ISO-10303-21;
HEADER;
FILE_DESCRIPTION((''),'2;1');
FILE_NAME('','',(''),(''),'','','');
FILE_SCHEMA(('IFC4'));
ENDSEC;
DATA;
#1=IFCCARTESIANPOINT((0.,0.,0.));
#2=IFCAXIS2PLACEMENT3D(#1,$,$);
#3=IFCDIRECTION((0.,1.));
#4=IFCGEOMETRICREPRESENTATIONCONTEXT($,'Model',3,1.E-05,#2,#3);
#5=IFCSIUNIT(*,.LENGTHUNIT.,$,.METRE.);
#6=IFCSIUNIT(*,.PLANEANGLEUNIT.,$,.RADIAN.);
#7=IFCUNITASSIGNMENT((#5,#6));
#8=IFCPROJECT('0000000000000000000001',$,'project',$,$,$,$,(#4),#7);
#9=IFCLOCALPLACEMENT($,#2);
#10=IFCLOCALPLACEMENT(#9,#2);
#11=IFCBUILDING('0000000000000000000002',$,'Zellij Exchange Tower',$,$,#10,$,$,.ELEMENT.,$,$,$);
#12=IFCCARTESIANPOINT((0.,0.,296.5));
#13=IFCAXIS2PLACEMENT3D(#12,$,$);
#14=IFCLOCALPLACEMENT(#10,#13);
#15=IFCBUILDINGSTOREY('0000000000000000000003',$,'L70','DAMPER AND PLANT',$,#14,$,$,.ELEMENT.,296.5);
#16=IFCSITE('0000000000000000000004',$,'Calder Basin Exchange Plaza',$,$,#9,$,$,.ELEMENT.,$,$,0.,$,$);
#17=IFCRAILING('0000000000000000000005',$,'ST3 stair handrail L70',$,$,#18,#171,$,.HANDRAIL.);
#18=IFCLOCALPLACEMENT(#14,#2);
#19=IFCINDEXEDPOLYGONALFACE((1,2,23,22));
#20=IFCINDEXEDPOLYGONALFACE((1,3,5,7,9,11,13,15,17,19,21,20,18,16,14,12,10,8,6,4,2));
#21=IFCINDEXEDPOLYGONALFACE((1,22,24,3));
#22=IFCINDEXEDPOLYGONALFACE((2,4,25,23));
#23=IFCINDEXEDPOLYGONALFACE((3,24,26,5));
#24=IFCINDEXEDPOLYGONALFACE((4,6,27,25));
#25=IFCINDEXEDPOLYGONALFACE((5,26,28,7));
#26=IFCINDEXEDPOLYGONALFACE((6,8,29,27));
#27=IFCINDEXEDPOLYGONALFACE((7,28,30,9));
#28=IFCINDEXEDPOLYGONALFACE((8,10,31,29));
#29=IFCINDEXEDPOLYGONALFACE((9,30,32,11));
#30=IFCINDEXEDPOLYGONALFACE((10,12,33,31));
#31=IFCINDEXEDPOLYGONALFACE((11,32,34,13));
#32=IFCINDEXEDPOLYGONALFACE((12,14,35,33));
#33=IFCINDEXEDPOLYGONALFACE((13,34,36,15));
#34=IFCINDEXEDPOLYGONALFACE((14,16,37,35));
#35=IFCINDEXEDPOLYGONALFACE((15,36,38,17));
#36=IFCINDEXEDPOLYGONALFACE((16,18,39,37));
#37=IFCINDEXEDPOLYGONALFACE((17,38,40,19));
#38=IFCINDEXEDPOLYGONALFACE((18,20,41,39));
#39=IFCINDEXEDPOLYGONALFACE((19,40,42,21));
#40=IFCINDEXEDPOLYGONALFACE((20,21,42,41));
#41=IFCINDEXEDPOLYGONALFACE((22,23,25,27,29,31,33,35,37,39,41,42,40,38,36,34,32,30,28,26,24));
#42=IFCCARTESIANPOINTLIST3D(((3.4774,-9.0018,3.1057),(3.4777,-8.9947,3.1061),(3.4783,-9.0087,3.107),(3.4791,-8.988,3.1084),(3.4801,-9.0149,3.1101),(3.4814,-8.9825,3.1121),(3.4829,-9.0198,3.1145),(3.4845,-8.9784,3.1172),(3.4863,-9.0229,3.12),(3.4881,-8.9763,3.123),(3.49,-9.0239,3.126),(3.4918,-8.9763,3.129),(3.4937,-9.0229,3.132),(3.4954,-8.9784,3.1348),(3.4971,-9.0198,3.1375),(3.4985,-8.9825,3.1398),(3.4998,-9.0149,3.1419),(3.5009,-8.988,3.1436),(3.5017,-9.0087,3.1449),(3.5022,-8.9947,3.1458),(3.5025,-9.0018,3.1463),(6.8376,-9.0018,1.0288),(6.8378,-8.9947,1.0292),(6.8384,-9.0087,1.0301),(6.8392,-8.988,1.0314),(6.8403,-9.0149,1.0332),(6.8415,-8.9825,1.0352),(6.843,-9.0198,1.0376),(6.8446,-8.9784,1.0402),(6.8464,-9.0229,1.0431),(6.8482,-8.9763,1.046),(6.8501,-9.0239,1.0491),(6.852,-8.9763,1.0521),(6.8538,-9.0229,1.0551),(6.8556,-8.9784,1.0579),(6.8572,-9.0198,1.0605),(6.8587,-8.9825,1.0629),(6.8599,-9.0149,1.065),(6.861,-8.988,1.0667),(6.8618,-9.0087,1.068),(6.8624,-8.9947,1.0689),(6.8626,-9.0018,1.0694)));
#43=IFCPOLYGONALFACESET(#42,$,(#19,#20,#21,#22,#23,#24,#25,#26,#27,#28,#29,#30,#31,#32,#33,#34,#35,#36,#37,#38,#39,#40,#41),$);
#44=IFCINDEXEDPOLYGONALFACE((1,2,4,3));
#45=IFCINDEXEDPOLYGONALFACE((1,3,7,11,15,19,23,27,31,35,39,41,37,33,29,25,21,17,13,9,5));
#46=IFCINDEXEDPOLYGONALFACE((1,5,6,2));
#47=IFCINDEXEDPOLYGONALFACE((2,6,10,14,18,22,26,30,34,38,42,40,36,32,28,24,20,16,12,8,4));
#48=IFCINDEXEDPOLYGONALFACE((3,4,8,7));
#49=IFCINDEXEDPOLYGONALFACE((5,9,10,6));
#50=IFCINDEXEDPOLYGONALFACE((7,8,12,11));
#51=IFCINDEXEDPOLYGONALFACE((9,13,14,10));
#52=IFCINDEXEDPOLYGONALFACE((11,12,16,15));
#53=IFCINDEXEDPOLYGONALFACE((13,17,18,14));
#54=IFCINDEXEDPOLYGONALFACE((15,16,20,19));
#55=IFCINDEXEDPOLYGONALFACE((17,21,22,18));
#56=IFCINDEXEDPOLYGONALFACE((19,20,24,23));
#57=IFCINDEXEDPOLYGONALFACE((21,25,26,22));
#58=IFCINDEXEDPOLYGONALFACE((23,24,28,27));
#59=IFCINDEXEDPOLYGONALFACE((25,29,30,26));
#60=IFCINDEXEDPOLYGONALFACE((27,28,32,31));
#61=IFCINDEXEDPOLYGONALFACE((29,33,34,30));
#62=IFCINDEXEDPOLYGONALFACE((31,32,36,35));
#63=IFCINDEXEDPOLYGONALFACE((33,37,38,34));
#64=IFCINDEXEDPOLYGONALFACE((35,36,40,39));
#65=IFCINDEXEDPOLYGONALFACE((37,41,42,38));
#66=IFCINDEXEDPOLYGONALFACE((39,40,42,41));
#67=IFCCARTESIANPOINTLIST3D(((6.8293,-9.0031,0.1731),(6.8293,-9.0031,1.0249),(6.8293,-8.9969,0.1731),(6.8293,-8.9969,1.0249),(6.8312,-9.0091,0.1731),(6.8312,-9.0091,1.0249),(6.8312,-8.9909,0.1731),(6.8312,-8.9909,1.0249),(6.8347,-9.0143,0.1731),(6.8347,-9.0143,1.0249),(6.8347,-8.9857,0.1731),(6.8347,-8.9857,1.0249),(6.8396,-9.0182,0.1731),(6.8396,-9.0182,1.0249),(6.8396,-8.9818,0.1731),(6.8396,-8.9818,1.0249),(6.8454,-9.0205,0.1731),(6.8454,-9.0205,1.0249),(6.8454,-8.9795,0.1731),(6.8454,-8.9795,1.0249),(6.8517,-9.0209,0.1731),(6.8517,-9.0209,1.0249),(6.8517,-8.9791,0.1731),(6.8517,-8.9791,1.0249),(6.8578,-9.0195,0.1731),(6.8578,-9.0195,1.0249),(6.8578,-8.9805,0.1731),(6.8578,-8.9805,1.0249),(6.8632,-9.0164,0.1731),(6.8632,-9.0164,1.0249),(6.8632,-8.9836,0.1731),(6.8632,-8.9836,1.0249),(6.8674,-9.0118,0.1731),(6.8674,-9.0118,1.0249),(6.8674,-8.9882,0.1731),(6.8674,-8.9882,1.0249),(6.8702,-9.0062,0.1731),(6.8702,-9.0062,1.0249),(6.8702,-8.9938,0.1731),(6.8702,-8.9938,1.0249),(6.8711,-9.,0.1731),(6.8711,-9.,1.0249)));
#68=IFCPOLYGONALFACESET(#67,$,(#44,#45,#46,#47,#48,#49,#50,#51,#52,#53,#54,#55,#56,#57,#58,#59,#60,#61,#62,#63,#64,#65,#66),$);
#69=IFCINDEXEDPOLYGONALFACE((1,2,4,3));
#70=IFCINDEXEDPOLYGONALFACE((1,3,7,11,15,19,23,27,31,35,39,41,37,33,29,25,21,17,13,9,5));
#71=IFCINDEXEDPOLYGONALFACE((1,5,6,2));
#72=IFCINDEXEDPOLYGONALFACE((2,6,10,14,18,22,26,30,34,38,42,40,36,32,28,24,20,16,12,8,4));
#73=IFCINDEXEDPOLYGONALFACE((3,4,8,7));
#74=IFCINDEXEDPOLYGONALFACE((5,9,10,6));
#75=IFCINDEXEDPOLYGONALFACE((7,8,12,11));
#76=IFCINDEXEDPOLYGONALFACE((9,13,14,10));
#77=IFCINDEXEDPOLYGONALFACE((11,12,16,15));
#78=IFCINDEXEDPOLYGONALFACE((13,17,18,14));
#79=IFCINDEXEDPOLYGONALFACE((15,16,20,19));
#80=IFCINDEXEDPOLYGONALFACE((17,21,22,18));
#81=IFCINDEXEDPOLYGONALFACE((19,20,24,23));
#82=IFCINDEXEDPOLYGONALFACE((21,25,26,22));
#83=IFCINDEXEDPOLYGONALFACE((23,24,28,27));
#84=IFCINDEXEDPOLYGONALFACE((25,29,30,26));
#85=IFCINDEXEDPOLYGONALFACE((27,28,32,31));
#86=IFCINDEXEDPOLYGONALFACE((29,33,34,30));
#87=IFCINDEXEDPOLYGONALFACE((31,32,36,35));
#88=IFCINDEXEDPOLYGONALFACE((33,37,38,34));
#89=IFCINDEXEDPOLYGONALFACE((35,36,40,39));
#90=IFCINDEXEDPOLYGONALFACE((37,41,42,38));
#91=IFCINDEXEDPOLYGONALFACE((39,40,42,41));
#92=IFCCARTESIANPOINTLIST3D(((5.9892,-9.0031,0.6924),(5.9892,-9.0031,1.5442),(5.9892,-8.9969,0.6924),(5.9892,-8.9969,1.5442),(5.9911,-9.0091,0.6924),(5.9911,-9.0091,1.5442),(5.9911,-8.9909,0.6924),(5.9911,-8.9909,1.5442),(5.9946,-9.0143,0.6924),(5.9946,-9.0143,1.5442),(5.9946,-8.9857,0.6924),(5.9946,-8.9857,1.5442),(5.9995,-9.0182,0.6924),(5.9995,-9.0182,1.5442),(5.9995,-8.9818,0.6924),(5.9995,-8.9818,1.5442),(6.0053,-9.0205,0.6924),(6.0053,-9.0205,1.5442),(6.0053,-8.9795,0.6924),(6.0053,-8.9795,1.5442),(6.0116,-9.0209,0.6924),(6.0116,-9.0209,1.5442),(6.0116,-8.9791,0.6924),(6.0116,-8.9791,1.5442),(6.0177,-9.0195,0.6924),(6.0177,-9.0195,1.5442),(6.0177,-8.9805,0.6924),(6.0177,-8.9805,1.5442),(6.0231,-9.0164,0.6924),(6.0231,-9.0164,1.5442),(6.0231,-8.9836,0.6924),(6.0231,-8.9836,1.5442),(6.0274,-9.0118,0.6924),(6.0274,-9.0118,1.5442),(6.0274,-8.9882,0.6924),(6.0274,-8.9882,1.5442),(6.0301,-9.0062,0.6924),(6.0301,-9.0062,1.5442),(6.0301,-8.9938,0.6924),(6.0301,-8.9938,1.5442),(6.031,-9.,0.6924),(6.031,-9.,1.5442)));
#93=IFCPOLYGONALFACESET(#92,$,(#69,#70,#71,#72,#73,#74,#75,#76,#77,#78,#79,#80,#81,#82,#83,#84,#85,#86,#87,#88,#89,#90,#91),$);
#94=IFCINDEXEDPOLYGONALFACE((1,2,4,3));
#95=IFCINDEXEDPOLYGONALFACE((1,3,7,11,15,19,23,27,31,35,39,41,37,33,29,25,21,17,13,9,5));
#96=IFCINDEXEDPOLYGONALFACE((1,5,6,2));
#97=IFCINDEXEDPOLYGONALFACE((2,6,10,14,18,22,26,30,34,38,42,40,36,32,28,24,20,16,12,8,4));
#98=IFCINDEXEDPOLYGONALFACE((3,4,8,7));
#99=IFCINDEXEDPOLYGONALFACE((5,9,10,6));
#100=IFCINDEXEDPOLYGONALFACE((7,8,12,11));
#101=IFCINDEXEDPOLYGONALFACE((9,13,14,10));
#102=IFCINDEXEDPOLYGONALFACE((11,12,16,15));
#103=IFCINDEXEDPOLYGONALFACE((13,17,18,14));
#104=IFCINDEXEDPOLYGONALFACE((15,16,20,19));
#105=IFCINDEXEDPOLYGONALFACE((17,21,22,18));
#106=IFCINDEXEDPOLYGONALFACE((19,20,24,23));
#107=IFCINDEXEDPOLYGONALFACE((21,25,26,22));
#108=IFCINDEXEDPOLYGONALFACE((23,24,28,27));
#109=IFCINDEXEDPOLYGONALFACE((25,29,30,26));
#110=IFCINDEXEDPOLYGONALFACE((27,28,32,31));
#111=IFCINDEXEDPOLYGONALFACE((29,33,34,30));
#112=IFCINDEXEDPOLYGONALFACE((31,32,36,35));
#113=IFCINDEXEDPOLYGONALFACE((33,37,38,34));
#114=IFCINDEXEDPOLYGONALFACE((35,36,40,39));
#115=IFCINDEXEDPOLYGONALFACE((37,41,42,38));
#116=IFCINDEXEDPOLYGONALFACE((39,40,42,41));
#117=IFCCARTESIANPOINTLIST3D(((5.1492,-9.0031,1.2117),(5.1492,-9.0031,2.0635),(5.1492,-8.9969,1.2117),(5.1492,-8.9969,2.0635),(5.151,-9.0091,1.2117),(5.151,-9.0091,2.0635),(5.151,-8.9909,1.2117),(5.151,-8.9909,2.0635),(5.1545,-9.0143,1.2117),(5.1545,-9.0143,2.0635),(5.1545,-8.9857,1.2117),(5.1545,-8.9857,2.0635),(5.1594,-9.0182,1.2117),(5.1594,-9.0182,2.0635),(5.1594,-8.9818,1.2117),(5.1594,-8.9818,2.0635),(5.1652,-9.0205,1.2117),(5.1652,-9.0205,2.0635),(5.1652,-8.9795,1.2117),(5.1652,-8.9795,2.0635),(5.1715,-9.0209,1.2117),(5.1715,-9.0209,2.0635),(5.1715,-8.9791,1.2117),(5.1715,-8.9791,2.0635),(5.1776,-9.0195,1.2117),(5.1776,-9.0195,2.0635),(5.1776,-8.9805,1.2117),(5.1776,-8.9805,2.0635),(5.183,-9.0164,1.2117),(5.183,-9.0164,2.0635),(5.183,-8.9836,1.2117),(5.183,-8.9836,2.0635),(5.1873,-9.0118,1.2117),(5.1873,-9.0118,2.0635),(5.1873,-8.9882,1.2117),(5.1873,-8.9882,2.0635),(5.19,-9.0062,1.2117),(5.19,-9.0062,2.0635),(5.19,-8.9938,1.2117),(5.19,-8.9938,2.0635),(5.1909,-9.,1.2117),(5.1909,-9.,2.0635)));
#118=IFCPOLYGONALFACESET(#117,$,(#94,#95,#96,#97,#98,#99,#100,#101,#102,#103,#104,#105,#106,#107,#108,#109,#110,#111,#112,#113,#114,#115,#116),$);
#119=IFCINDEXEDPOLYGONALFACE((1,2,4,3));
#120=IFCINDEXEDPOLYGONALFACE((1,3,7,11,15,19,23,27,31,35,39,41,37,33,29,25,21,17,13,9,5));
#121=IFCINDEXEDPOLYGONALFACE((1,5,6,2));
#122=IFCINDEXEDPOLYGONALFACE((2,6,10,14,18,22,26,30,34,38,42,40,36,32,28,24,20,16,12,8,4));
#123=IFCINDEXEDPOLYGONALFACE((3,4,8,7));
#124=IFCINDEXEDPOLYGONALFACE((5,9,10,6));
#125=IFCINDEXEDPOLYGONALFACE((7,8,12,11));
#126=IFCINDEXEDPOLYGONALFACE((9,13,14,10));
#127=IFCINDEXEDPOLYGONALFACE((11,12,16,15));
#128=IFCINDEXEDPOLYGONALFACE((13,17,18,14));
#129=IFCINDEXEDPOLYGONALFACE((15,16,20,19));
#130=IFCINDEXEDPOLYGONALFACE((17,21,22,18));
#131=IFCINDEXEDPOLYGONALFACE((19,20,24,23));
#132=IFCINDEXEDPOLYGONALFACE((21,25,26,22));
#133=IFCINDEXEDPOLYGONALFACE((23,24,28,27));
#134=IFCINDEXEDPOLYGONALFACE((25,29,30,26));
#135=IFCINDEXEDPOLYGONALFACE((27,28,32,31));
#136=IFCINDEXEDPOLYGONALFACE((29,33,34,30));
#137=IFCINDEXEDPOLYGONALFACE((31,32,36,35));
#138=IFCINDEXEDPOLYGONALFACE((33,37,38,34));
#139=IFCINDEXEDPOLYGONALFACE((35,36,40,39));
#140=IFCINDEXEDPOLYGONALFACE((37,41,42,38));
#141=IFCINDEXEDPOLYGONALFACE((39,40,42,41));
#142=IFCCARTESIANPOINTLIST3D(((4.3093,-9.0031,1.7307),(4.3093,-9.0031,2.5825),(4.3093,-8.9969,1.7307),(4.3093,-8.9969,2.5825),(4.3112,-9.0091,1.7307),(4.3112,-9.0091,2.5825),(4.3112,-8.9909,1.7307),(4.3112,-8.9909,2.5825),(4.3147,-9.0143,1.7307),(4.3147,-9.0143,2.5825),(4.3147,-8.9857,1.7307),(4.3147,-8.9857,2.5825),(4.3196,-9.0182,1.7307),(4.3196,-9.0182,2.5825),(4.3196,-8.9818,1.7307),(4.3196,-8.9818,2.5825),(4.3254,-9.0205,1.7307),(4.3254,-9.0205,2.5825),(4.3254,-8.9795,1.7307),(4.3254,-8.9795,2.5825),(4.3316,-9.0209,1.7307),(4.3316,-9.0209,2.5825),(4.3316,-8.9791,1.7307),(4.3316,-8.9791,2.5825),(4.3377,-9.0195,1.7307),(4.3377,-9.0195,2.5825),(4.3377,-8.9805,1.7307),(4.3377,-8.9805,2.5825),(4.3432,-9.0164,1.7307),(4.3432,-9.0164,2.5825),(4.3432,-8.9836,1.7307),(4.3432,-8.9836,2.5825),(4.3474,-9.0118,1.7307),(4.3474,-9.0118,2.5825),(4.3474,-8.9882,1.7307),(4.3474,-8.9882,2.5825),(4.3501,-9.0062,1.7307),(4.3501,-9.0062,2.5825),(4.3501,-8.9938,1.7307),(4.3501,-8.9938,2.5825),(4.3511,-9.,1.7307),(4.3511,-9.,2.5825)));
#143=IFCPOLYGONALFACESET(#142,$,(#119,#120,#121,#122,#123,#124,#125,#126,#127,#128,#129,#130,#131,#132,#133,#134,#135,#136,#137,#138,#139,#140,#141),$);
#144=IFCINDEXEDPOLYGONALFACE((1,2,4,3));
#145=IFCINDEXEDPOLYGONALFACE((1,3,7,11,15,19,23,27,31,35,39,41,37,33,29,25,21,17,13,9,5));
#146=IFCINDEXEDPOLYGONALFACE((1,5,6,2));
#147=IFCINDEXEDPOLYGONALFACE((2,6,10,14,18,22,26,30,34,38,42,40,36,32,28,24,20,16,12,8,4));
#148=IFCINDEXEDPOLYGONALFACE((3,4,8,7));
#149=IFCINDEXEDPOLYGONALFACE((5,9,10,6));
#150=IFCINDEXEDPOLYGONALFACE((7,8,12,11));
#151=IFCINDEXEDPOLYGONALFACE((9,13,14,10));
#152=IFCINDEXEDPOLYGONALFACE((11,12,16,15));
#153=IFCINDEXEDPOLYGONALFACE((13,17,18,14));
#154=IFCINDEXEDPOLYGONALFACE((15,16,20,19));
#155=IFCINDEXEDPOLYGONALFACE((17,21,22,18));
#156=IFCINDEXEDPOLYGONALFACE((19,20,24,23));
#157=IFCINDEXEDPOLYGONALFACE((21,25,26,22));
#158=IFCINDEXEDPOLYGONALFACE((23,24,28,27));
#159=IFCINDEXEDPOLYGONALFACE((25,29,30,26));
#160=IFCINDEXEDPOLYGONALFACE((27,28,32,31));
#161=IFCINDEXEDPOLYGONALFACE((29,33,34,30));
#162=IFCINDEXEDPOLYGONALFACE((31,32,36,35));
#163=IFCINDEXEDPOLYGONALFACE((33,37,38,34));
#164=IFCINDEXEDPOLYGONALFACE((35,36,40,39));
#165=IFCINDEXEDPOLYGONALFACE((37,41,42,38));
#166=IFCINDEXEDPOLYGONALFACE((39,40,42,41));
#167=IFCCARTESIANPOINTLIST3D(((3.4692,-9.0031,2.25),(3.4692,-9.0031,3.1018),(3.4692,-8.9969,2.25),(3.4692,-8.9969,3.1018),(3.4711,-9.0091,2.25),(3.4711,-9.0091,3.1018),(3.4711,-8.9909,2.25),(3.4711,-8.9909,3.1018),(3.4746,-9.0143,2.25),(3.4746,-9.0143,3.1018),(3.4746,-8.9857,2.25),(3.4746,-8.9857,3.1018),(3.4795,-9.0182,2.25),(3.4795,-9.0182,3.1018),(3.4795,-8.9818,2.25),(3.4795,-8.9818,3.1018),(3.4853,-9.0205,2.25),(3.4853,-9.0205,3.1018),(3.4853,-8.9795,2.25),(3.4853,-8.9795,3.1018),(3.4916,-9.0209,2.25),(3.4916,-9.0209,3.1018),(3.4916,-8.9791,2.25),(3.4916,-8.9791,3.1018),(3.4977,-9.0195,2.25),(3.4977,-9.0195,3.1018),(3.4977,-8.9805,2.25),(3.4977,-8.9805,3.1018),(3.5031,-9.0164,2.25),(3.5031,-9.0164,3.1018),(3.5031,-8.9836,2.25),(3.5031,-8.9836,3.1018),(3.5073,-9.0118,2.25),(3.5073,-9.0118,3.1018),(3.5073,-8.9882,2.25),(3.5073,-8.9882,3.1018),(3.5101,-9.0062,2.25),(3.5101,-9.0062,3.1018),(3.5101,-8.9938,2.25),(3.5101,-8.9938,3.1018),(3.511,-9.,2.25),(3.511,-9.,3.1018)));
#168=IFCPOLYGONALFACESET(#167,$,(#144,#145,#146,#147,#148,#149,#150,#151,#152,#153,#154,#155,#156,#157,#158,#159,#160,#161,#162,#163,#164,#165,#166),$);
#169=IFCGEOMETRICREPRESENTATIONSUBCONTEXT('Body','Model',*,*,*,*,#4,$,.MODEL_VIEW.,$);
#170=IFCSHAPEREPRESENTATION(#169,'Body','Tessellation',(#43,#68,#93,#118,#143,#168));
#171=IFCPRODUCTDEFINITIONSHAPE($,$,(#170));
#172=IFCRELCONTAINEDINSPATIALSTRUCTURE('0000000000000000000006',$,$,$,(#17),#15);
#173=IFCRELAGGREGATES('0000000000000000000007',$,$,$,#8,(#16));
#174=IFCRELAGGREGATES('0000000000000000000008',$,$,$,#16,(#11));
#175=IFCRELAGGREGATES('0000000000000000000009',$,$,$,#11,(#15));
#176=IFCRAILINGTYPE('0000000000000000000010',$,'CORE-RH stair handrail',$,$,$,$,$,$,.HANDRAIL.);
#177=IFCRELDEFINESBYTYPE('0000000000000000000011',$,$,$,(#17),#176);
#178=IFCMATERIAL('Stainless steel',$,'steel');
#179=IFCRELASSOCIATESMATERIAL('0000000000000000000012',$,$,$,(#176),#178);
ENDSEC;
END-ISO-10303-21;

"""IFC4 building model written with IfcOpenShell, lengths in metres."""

from ifc_helpers import new_model, si_unit, direction, frame, origin, origin_2d, place, context, subcontext, project, spatial, circle, extrude, material, type_object, element, save


model = new_model("IFC4")

# Units and contexts
model_context = context("Model", 3, precision=1e-05, world=origin(), true_north=direction((0.0, 1.0)))
body_context = subcontext(model_context, "Body", "Model", "MODEL_VIEW")
ifc_project = project(units=[si_unit("LENGTHUNIT", "METRE"), si_unit("PLANEANGLEUNIT", "RADIAN")], contexts=[model_context])

# Site, building, storey
site_placement = place(None, origin())
site = spatial("IfcSite", under=ifc_project, at=site_placement, Name="Calder Basin Exchange Plaza", CompositionType="ELEMENT", RefElevation=0.0)
building_placement = place(site_placement, origin())
building = spatial("IfcBuilding", under=site, at=building_placement, Name="Zellij Exchange Tower", CompositionType="ELEMENT")
storey_placement = place(building_placement, frame((0.0, 0.0, 296.5)))
storey = spatial("IfcBuildingStorey", under=building, at=storey_placement, Name="L70", Description="DAMPER AND PLANT", CompositionType="ELEMENT", Elevation=296.5)

# Railing
ifc_material_1 = material(Name="Stainless steel", Category="steel")
railing_type_1 = type_object("IfcRailingType", Name="CORE-RH stair handrail", PredefinedType="HANDRAIL", material=ifc_material_1)
railing_1_placement = place(storey_placement, frame((6.8501, -9.0, 0.1731)))
element("IfcRailing", 1, at=railing_1_placement, inside=storey, type_object=railing_type_1, Name="ST3 stair handrail L70", PredefinedType="HANDRAIL", context=body_context, shape_type="SweptSolid", body=[
    extrude(circle(Radius=0.0239, at=origin_2d()), frame((0.0, 0.0, 0.876), z_axis=(-0.850623, 0.0, 0.525776), x_axis=(0.0, -1.0, 0.0)), (0.0, 0.0, 1.0), 3.9502),
    extrude(circle(Radius=0.021, at=origin_2d()), origin(), (0.0, 0.0, 1.0), 0.8518),
    extrude(circle(Radius=0.021, at=origin_2d()), frame((-0.8401, 0.0, 0.5193)), (0.0, 0.0, 1.0), 0.8518),
    extrude(circle(Radius=0.021, at=origin_2d()), frame((-1.6802, 0.0, 1.0386)), (0.0, 0.0, 1.0), 0.8518),
    extrude(circle(Radius=0.021, at=origin_2d()), frame((-2.52, 0.0, 1.5576)), (0.0, 0.0, 1.0), 0.8518),
    extrude(circle(Radius=0.021, at=origin_2d()), frame((-3.3601, 0.0, 2.0769)), (0.0, 0.0, 1.0), 0.8518),
])

save(model, "model.ifc")
